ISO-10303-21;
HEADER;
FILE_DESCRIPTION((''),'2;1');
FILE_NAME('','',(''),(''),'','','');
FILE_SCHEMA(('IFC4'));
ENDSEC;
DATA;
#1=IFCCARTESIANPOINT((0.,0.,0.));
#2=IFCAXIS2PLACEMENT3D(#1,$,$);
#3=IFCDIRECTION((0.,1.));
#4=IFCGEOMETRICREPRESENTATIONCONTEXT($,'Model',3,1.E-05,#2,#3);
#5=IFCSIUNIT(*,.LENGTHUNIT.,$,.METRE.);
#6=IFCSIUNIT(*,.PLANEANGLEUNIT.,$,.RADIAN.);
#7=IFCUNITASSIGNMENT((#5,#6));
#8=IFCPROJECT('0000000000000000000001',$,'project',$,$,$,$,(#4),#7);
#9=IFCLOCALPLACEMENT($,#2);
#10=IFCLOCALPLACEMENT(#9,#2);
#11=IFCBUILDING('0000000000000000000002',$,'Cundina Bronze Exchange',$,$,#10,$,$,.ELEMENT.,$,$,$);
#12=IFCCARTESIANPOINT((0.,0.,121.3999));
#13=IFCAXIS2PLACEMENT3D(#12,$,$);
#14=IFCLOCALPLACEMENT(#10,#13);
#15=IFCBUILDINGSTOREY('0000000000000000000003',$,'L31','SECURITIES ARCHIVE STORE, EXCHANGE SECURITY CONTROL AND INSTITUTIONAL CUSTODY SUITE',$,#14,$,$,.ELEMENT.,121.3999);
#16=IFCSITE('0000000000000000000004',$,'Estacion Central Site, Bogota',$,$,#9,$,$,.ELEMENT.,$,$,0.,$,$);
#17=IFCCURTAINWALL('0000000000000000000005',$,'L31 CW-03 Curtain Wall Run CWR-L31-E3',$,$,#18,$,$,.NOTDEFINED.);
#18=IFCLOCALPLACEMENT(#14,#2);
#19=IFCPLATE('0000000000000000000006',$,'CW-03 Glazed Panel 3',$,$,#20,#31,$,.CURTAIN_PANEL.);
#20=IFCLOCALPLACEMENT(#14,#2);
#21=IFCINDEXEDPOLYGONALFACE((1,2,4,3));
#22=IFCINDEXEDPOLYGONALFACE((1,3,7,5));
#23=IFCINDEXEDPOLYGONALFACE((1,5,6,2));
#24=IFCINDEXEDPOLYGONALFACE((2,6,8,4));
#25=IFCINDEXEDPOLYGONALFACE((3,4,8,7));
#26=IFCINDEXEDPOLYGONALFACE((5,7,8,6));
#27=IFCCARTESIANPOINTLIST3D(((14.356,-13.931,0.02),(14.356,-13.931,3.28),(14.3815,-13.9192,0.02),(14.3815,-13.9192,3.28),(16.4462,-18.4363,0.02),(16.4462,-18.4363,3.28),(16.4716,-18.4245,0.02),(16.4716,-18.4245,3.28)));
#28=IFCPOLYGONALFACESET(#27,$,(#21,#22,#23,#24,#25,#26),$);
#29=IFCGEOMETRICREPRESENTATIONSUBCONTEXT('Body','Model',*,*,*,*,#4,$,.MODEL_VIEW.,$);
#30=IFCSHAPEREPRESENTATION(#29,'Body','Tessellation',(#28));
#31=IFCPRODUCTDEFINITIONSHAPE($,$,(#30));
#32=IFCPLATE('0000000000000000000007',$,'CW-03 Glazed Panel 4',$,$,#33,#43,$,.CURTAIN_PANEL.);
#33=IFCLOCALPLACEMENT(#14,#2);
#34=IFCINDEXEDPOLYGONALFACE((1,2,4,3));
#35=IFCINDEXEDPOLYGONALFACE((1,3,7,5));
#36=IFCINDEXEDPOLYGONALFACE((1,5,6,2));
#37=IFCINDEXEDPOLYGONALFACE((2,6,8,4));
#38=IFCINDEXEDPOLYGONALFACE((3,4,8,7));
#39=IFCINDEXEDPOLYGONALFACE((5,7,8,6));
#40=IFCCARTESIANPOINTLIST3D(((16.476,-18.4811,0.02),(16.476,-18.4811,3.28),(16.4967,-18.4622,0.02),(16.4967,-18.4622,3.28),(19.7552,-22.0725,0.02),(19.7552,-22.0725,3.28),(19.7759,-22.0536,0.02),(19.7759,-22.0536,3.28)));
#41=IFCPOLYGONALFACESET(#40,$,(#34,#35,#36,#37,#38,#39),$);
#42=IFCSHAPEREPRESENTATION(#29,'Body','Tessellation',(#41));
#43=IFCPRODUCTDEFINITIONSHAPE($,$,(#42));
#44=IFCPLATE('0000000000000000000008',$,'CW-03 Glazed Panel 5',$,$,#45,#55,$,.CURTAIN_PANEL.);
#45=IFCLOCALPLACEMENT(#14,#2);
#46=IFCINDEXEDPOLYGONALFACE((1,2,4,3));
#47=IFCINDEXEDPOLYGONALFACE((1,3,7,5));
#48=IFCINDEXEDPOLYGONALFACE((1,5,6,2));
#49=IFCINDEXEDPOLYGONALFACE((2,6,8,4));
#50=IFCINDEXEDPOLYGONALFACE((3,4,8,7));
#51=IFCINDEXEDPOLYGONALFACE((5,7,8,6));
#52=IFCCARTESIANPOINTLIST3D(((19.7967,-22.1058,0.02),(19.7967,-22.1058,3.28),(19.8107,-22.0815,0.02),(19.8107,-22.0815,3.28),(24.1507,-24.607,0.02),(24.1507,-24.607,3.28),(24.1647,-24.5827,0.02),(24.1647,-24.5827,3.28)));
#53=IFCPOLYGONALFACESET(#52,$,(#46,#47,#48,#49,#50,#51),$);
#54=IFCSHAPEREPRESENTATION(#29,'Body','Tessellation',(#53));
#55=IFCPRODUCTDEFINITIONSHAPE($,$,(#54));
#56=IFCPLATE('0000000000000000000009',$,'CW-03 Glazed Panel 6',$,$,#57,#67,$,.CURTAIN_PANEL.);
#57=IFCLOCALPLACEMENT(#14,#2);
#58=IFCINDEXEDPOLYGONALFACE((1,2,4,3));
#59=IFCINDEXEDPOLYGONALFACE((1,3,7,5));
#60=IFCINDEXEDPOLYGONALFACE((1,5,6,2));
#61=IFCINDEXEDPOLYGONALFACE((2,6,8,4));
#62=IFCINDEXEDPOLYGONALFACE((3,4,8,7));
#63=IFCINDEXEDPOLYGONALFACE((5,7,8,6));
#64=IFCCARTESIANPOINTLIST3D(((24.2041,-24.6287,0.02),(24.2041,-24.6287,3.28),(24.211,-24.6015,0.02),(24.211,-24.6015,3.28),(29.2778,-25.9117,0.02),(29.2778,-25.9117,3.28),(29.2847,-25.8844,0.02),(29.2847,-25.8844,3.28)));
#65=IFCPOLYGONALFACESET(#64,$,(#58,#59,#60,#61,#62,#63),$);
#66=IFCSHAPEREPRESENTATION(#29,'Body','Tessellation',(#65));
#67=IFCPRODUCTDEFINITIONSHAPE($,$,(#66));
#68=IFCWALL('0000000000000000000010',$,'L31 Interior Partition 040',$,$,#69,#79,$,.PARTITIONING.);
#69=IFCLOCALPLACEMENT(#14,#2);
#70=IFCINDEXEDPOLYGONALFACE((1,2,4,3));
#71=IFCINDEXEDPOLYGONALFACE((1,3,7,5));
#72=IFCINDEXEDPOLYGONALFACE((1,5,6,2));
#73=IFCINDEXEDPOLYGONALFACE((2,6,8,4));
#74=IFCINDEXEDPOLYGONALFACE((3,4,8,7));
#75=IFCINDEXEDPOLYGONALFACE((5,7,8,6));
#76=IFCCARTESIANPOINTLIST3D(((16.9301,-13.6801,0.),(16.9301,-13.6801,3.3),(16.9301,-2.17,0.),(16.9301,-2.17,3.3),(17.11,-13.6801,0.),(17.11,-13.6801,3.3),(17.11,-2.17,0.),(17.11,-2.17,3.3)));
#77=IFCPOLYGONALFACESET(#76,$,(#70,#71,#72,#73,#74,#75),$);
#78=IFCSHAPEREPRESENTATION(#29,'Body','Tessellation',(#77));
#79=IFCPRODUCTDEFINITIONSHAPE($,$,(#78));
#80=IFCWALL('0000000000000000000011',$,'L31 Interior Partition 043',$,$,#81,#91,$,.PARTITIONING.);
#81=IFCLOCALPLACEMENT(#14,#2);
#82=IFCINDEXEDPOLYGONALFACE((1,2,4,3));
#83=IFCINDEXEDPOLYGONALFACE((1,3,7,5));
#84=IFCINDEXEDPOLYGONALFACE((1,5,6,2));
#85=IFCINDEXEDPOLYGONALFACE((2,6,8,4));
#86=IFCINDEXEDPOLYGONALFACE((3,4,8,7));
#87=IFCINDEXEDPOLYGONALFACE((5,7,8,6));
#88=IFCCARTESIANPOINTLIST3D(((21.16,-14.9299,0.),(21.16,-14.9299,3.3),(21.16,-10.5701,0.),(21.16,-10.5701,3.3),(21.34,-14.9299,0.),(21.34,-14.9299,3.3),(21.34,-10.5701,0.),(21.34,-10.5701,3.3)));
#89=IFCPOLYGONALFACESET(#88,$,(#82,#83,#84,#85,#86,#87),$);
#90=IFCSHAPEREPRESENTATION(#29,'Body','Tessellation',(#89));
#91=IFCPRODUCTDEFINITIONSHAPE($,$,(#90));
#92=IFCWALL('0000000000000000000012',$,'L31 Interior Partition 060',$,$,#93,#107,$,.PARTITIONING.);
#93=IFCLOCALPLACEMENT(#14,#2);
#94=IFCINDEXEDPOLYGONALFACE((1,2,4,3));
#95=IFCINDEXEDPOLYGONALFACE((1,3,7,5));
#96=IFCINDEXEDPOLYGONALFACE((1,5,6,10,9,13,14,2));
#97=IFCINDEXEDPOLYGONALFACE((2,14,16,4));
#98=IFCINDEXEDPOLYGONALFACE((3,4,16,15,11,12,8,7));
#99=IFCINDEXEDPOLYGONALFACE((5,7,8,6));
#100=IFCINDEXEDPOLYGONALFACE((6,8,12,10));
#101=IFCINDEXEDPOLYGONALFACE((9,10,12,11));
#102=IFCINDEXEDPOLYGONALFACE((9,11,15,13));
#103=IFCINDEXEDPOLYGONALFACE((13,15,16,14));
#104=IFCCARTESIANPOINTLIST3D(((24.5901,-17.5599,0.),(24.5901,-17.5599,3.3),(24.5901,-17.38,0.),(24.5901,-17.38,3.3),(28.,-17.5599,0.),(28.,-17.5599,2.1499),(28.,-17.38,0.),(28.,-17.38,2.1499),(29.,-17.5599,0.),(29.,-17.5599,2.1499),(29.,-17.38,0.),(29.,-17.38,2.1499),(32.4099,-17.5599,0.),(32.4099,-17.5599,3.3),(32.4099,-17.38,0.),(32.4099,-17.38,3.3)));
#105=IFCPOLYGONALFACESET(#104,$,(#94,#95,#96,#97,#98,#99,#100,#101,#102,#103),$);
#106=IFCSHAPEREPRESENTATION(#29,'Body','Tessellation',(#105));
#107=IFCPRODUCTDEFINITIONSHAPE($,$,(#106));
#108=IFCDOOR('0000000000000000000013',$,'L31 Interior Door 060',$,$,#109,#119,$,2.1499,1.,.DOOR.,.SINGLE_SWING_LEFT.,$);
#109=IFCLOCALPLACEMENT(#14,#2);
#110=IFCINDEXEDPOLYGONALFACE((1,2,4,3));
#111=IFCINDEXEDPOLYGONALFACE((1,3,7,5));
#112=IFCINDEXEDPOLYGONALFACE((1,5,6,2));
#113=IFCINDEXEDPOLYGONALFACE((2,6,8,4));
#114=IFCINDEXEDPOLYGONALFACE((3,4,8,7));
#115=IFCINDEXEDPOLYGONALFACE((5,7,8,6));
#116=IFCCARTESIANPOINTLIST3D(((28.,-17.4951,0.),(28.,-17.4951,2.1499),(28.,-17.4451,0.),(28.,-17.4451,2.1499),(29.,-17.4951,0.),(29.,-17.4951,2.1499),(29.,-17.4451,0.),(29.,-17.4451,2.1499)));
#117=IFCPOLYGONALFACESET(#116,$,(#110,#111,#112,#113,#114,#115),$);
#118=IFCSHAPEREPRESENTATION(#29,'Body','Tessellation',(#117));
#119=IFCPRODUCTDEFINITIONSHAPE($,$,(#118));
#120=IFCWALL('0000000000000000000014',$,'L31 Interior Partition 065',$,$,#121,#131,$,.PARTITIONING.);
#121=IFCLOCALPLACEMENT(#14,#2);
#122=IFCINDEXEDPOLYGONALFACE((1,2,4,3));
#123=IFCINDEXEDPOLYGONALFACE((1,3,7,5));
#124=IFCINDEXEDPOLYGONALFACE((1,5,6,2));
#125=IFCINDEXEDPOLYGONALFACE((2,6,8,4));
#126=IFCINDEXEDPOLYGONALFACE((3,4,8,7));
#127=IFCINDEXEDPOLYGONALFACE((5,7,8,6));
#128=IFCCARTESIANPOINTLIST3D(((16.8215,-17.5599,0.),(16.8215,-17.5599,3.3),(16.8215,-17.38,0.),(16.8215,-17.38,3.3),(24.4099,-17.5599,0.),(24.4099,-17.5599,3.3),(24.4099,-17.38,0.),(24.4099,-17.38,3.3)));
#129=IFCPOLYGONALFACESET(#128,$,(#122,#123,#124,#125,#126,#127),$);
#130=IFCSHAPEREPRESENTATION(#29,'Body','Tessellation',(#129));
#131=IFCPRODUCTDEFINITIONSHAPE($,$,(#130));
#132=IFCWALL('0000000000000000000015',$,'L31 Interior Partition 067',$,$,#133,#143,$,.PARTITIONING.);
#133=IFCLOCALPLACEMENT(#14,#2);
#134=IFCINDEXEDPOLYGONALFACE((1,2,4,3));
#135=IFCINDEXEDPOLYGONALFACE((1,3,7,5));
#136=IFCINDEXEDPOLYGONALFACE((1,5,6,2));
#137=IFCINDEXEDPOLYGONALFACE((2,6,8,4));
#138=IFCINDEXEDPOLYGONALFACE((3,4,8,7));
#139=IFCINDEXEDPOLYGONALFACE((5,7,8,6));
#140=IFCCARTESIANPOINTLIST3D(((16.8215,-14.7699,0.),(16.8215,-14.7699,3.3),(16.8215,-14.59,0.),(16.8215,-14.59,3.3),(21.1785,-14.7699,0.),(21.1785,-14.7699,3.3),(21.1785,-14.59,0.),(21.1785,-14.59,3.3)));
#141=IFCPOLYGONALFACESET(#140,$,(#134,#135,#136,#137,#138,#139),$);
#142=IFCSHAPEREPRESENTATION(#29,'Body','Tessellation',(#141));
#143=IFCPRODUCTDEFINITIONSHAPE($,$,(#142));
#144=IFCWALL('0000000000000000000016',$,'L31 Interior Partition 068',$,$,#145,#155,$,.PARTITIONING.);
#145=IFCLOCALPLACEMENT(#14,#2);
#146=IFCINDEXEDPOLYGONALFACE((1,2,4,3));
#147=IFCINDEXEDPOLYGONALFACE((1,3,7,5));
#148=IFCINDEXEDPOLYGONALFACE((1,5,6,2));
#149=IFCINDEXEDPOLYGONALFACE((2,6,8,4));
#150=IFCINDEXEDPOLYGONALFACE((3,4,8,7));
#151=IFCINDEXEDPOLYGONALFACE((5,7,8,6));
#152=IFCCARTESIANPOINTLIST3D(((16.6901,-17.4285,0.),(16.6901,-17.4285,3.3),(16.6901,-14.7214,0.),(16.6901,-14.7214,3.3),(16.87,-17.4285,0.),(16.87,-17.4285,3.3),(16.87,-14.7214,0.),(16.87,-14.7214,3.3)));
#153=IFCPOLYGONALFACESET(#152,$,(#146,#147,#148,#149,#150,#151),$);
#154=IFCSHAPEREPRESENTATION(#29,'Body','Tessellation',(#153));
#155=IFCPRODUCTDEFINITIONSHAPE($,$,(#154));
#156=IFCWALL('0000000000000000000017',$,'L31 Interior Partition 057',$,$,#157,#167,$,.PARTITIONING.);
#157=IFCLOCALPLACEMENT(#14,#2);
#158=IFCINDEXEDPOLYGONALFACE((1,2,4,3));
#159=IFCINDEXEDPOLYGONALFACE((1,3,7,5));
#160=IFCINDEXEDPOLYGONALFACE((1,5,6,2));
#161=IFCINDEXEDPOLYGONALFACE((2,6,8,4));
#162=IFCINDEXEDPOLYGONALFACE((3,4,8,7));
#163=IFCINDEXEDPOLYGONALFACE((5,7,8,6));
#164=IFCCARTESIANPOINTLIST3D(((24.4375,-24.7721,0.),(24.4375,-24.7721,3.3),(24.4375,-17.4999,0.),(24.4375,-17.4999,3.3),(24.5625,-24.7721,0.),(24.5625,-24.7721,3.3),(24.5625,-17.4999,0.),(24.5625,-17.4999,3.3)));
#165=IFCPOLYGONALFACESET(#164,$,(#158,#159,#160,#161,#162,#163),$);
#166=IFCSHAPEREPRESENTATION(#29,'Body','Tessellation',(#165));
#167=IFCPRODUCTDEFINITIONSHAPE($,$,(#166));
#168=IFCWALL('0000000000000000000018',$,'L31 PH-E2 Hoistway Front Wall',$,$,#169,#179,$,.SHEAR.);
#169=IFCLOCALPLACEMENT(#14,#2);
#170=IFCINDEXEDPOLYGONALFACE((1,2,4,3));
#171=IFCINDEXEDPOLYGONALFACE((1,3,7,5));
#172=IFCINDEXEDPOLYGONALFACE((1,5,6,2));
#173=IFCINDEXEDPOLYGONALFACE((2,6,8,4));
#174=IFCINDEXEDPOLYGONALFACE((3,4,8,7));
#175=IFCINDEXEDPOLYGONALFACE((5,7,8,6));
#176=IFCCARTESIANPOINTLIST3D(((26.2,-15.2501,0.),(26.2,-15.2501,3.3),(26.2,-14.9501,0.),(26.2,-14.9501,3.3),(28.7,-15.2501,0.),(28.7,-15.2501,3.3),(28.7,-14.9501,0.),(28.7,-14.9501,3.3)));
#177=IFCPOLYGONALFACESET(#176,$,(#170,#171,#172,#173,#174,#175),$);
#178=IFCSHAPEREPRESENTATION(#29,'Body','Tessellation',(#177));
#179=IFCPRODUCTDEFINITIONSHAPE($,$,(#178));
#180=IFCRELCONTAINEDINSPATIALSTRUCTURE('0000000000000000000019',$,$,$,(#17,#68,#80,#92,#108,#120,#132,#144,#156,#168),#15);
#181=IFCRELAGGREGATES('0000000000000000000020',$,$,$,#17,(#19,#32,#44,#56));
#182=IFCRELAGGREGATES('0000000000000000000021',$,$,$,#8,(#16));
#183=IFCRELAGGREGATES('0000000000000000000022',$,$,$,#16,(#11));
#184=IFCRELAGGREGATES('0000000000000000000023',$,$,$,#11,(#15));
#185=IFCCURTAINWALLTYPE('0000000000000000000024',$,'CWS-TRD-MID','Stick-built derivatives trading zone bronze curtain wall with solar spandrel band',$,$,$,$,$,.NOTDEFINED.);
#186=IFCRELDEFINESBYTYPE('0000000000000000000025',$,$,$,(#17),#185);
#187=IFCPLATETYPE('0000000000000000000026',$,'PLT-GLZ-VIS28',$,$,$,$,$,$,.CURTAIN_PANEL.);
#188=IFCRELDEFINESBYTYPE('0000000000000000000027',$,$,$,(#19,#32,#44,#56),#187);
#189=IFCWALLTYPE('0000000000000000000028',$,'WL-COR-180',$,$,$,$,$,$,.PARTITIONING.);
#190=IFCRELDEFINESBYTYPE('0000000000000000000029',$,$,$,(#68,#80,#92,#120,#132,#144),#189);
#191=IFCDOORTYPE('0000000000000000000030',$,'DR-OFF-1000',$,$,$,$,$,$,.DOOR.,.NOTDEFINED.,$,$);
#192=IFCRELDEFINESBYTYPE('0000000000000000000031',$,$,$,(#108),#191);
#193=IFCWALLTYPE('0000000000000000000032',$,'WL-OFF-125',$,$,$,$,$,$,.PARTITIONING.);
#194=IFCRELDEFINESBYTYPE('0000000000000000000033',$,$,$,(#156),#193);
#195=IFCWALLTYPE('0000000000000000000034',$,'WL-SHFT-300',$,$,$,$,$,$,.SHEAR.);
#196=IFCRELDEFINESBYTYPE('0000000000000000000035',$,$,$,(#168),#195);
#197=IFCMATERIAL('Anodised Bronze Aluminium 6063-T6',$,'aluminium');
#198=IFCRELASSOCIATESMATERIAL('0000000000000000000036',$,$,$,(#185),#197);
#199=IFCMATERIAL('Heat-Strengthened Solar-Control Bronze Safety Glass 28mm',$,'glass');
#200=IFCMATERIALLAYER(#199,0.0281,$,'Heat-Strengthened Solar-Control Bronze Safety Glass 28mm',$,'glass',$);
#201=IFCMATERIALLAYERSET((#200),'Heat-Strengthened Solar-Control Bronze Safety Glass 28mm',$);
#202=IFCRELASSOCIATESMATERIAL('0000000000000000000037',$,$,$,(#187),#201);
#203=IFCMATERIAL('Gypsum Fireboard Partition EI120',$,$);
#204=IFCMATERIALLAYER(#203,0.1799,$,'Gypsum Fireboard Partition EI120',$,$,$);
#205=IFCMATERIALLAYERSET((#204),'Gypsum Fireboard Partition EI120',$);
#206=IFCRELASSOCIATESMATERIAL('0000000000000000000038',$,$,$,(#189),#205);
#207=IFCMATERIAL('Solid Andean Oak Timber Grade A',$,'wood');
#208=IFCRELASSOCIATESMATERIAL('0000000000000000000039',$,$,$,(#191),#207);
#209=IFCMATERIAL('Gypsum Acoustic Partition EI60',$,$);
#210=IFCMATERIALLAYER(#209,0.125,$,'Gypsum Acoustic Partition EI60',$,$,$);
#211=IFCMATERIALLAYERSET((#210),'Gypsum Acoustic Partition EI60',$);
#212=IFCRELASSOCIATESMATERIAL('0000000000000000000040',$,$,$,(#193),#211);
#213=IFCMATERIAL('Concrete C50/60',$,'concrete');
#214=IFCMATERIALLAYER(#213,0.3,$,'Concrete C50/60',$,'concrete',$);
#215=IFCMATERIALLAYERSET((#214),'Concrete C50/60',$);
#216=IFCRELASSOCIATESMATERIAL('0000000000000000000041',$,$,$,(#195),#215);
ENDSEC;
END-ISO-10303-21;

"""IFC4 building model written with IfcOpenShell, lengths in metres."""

from ifc_helpers import new_model, si_unit, direction, frame, frame_2d, origin, origin_2d, place, context, subcontext, project, spatial, rectangle, extrude, material, layer, layer_set, type_object, element, fill, aggregate, save


model = new_model("IFC4")

# Units and contexts
model_context = context("Model", 3, precision=1e-05, world=origin(), true_north=direction((0.0, 1.0)))
body_context = subcontext(model_context, "Body", "Model", "MODEL_VIEW")
ifc_project = project(units=[si_unit("LENGTHUNIT", "METRE"), si_unit("PLANEANGLEUNIT", "RADIAN")], contexts=[model_context])

# Site, building, storey
site_placement = place(None, origin())
site = spatial("IfcSite", under=ifc_project, at=site_placement, Name="Estacion Central Site, Bogota", CompositionType="ELEMENT", RefElevation=0.0)
building_placement = place(site_placement, origin())
building = spatial("IfcBuilding", under=site, at=building_placement, Name="Cundina Bronze Exchange", CompositionType="ELEMENT")
storey_placement = place(building_placement, frame((0.0, 0.0, 121.3999)))
storey = spatial("IfcBuildingStorey", under=building, at=storey_placement, Name="L31", Description="SECURITIES ARCHIVE STORE, EXCHANGE SECURITY CONTROL AND INSTITUTIONAL CUSTODY SUITE", CompositionType="ELEMENT", Elevation=121.3999)

# Curtain wall, plates
ifc_material_1 = material(Name="Anodised Bronze Aluminium 6063-T6", Category="aluminium")
curtain_wall_type = type_object("IfcCurtainWallType", Name="CWS-TRD-MID", Description="Stick-built derivatives trading zone bronze curtain wall with solar spandrel band", PredefinedType="NOTDEFINED", material=ifc_material_1)
curtain_wall_placement = place(storey_placement, origin())
curtain_wall = element("IfcCurtainWall", 1, at=curtain_wall_placement, inside=storey, type_object=curtain_wall_type, Name="L31 CW-03 Curtain Wall Run CWR-L31-E3", PredefinedType="NOTDEFINED")
ifc_material_2 = material(Name="Heat-Strengthened Solar-Control Bronze Safety Glass 28mm", Category="glass")
ifc_layer_1 = layer(ifc_material_2, 0.0281, Name="Heat-Strengthened Solar-Control Bronze Safety Glass 28mm", Category="glass")
ifc_layer_set_1 = layer_set([ifc_layer_1], Name="Heat-Strengthened Solar-Control Bronze Safety Glass 28mm")
plate_type = type_object("IfcPlateType", Name="PLT-GLZ-VIS28", PredefinedType="CURTAIN_PANEL", material=ifc_layer_set_1)
plate_1_placement = place(storey_placement, frame((15.4138, -16.1777, 0.02), z_axis=(0.0, 0.0, 1.0), x_axis=(0.420846, -0.907132, 0.0)))
plate_1 = element("IfcPlate", 2, at=plate_1_placement, type_object=plate_type, Name="CW-03 Glazed Panel 3", PredefinedType="CURTAIN_PANEL", context=body_context, shape_type="SweptSolid", body=[
    extrude(rectangle(XDim=4.9666, YDim=0.0281, at=origin_2d()), origin(), (0.0, 0.0, 1.0), 3.26),
])
plate_2_placement = place(storey_placement, frame((18.126, -20.2673, 0.02), z_axis=(0.0, 0.0, 1.0), x_axis=(0.674277, -0.738479, 0.0)))
plate_2 = element("IfcPlate", 3, at=plate_2_placement, type_object=plate_type, Name="CW-03 Glazed Panel 4", PredefinedType="CURTAIN_PANEL", context=body_context, shape_type="SweptSolid", body=[
    extrude(rectangle(XDim=4.8633, YDim=0.0281, at=origin_2d()), origin(), (0.0, 0.0, 1.0), 3.26),
])
plate_3_placement = place(storey_placement, frame((21.9807, -23.3442, 0.02), z_axis=(0.0, 0.0, 1.0), x_axis=(0.867105, -0.498125, 0.0)))
plate_3 = element("IfcPlate", 4, at=plate_3_placement, type_object=plate_type, Name="CW-03 Glazed Panel 5", PredefinedType="CURTAIN_PANEL", context=body_context, shape_type="SweptSolid", body=[
    extrude(rectangle(XDim=5.0212, YDim=0.0281, at=origin_2d()), origin(), (0.0, 0.0, 1.0), 3.26),
])
plate_4_placement = place(storey_placement, frame((26.7444, -25.2566, 0.02), z_axis=(0.0, 0.0, 1.0), x_axis=(0.969488, -0.245138, 0.0)))
plate_4 = element("IfcPlate", 5, at=plate_4_placement, type_object=plate_type, Name="CW-03 Glazed Panel 6", PredefinedType="CURTAIN_PANEL", context=body_context, shape_type="SweptSolid", body=[
    extrude(rectangle(XDim=5.2334, YDim=0.0281, at=origin_2d()), origin(), (0.0, 0.0, 1.0), 3.26),
])
aggregate(curtain_wall, [plate_1, plate_2, plate_3, plate_4])

# Walls
ifc_material_3 = material(Name="Gypsum Fireboard Partition EI120")
ifc_layer_2 = layer(ifc_material_3, 0.1799, Name="Gypsum Fireboard Partition EI120")
ifc_layer_set_2 = layer_set([ifc_layer_2], Name="Gypsum Fireboard Partition EI120")
wall_type_1 = type_object("IfcWallType", Name="WL-COR-180", PredefinedType="PARTITIONING", material=ifc_layer_set_2)
wall_1_placement = place(storey_placement, frame((17.02, -13.6799, 0.0), z_axis=(0.0, 0.0, 1.0), x_axis=(0.0, 1.0, 0.0)))
element("IfcWall", 6, at=wall_1_placement, inside=storey, type_object=wall_type_1, Name="L31 Interior Partition 040", PredefinedType="PARTITIONING", context=body_context, shape_type="SweptSolid", body=[
    extrude(rectangle(XDim=11.51, YDim=0.1799, at=frame_2d((5.7549, 0.0))), origin(), (0.0, 0.0, 1.0), 3.3),
])
wall_2_placement = place(storey_placement, frame((21.25, -14.9299, 0.0), z_axis=(0.0, 0.0, 1.0), x_axis=(0.0, 1.0, 0.0)))
element("IfcWall", 7, at=wall_2_placement, inside=storey, type_object=wall_type_1, Name="L31 Interior Partition 043", PredefinedType="PARTITIONING", context=body_context, shape_type="SweptSolid", body=[
    extrude(rectangle(XDim=4.3599, YDim=0.1799, at=frame_2d((2.1799, 0.0))), origin(), (0.0, 0.0, 1.0), 3.3),
])

# Wall, opening, door
wall_3_placement = place(storey_placement, frame((24.5901, -17.47, 0.0), z_axis=(0.0, 0.0, 1.0), x_axis=(1.0, 0.0, 0.0)))
wall_3 = element("IfcWall", 8, at=wall_3_placement, inside=storey, type_object=wall_type_1, Name="L31 Interior Partition 060", PredefinedType="PARTITIONING", context=body_context, shape_type="SweptSolid", body=[
    extrude(rectangle(XDim=7.8198, YDim=0.1799, at=frame_2d((3.9099, 0.0))), origin(), (0.0, 0.0, 1.0), 3.3),
])
opening_placement = place(wall_3_placement, frame((3.4099, 0.0, 0.0)))
opening = element("IfcOpeningElement", 9, at=opening_placement, cuts=wall_3, PredefinedType="OPENING", context=body_context, shape_type="SweptSolid", body=[
    extrude(rectangle(XDim=1.0, YDim=2.1499, at=frame_2d((0.5, 1.075))), frame((0.0, 0.0999, 0.0), z_axis=(0.0, -1.0, 0.0), x_axis=(1.0, 0.0, 0.0)), (0.0, 0.0, 1.0), 0.2),
])
ifc_material_4 = material(Name="Solid Andean Oak Timber Grade A", Category="wood")
door_type = type_object("IfcDoorType", Name="DR-OFF-1000", OperationType="NOTDEFINED", PredefinedType="DOOR", material=ifc_material_4)
door_placement = place(opening_placement, origin())
door = element("IfcDoor", 10, at=door_placement, inside=storey, type_object=door_type, Name="L31 Interior Door 060", OperationType="SINGLE_SWING_LEFT", OverallHeight=2.1499, OverallWidth=1.0, PredefinedType="DOOR", context=body_context, shape_type="SweptSolid", body=[
    extrude(rectangle(XDim=1.0, YDim=2.1499, at=frame_2d((0.5, 1.075))), frame((0.0, 0.0249, 0.0), z_axis=(0.0, -1.0, 0.0), x_axis=(1.0, 0.0, 0.0)), (0.0, 0.0, 1.0), 0.05),
])
fill(opening, door)

# Walls
wall_4_placement = place(storey_placement, frame((16.8215, -17.47, 0.0), z_axis=(0.0, 0.0, 1.0), x_axis=(1.0, 0.0, 0.0)))
element("IfcWall", 11, at=wall_4_placement, inside=storey, type_object=wall_type_1, Name="L31 Interior Partition 065", PredefinedType="PARTITIONING", context=body_context, shape_type="SweptSolid", body=[
    extrude(rectangle(XDim=7.5884, YDim=0.1799, at=frame_2d((3.7942, 0.0))), origin(), (0.0, 0.0, 1.0), 3.3),
])
wall_5_placement = place(storey_placement, frame((21.1785, -14.6799, 0.0), z_axis=(0.0, 0.0, 1.0), x_axis=(-1.0, 0.0, 0.0)))
element("IfcWall", 12, at=wall_5_placement, inside=storey, type_object=wall_type_1, Name="L31 Interior Partition 067", PredefinedType="PARTITIONING", context=body_context, shape_type="SweptSolid", body=[
    extrude(rectangle(XDim=4.3569, YDim=0.1799, at=frame_2d((2.1785, 0.0))), origin(), (0.0, 0.0, 1.0), 3.3),
])
wall_6_placement = place(storey_placement, frame((16.78, -14.7214, 0.0), z_axis=(0.0, 0.0, 1.0), x_axis=(0.0, -1.0, 0.0)))
element("IfcWall", 13, at=wall_6_placement, inside=storey, type_object=wall_type_1, Name="L31 Interior Partition 068", PredefinedType="PARTITIONING", context=body_context, shape_type="SweptSolid", body=[
    extrude(rectangle(XDim=2.707, YDim=0.1799, at=frame_2d((1.3535, 0.0))), origin(), (0.0, 0.0, 1.0), 3.3),
])
ifc_material_5 = material(Name="Gypsum Acoustic Partition EI60")
ifc_layer_3 = layer(ifc_material_5, 0.125, Name="Gypsum Acoustic Partition EI60")
ifc_layer_set_3 = layer_set([ifc_layer_3], Name="Gypsum Acoustic Partition EI60")
wall_type_2 = type_object("IfcWallType", Name="WL-OFF-125", PredefinedType="PARTITIONING", material=ifc_layer_set_3)
wall_7_placement = place(storey_placement, frame((24.5, -24.7722, 0.0), z_axis=(0.0, 0.0, 1.0), x_axis=(0.0, 1.0, 0.0)))
element("IfcWall", 14, at=wall_7_placement, inside=storey, type_object=wall_type_2, Name="L31 Interior Partition 057", PredefinedType="PARTITIONING", context=body_context, shape_type="SweptSolid", body=[
    extrude(rectangle(XDim=7.2722, YDim=0.125, at=frame_2d((3.6362, 0.0))), origin(), (0.0, 0.0, 1.0), 3.3),
])
ifc_material_6 = material(Name="Concrete C50/60", Category="concrete")
ifc_layer_4 = layer(ifc_material_6, 0.3, Name="Concrete C50/60", Category="concrete")
ifc_layer_set_4 = layer_set([ifc_layer_4], Name="Concrete C50/60")
wall_type_3 = type_object("IfcWallType", Name="WL-SHFT-300", PredefinedType="SHEAR", material=ifc_layer_set_4)
wall_8_placement = place(storey_placement, frame((26.2, -15.1001, 0.0), z_axis=(0.0, 0.0, 1.0), x_axis=(1.0, 0.0, 0.0)))
element("IfcWall", 15, at=wall_8_placement, inside=storey, type_object=wall_type_3, Name="L31 PH-E2 Hoistway Front Wall", PredefinedType="SHEAR", context=body_context, shape_type="SweptSolid", body=[
    extrude(rectangle(XDim=2.5, YDim=0.3, at=frame_2d((1.25, 0.0))), origin(), (0.0, 0.0, 1.0), 3.3),
])

save(model, "model.ifc")
